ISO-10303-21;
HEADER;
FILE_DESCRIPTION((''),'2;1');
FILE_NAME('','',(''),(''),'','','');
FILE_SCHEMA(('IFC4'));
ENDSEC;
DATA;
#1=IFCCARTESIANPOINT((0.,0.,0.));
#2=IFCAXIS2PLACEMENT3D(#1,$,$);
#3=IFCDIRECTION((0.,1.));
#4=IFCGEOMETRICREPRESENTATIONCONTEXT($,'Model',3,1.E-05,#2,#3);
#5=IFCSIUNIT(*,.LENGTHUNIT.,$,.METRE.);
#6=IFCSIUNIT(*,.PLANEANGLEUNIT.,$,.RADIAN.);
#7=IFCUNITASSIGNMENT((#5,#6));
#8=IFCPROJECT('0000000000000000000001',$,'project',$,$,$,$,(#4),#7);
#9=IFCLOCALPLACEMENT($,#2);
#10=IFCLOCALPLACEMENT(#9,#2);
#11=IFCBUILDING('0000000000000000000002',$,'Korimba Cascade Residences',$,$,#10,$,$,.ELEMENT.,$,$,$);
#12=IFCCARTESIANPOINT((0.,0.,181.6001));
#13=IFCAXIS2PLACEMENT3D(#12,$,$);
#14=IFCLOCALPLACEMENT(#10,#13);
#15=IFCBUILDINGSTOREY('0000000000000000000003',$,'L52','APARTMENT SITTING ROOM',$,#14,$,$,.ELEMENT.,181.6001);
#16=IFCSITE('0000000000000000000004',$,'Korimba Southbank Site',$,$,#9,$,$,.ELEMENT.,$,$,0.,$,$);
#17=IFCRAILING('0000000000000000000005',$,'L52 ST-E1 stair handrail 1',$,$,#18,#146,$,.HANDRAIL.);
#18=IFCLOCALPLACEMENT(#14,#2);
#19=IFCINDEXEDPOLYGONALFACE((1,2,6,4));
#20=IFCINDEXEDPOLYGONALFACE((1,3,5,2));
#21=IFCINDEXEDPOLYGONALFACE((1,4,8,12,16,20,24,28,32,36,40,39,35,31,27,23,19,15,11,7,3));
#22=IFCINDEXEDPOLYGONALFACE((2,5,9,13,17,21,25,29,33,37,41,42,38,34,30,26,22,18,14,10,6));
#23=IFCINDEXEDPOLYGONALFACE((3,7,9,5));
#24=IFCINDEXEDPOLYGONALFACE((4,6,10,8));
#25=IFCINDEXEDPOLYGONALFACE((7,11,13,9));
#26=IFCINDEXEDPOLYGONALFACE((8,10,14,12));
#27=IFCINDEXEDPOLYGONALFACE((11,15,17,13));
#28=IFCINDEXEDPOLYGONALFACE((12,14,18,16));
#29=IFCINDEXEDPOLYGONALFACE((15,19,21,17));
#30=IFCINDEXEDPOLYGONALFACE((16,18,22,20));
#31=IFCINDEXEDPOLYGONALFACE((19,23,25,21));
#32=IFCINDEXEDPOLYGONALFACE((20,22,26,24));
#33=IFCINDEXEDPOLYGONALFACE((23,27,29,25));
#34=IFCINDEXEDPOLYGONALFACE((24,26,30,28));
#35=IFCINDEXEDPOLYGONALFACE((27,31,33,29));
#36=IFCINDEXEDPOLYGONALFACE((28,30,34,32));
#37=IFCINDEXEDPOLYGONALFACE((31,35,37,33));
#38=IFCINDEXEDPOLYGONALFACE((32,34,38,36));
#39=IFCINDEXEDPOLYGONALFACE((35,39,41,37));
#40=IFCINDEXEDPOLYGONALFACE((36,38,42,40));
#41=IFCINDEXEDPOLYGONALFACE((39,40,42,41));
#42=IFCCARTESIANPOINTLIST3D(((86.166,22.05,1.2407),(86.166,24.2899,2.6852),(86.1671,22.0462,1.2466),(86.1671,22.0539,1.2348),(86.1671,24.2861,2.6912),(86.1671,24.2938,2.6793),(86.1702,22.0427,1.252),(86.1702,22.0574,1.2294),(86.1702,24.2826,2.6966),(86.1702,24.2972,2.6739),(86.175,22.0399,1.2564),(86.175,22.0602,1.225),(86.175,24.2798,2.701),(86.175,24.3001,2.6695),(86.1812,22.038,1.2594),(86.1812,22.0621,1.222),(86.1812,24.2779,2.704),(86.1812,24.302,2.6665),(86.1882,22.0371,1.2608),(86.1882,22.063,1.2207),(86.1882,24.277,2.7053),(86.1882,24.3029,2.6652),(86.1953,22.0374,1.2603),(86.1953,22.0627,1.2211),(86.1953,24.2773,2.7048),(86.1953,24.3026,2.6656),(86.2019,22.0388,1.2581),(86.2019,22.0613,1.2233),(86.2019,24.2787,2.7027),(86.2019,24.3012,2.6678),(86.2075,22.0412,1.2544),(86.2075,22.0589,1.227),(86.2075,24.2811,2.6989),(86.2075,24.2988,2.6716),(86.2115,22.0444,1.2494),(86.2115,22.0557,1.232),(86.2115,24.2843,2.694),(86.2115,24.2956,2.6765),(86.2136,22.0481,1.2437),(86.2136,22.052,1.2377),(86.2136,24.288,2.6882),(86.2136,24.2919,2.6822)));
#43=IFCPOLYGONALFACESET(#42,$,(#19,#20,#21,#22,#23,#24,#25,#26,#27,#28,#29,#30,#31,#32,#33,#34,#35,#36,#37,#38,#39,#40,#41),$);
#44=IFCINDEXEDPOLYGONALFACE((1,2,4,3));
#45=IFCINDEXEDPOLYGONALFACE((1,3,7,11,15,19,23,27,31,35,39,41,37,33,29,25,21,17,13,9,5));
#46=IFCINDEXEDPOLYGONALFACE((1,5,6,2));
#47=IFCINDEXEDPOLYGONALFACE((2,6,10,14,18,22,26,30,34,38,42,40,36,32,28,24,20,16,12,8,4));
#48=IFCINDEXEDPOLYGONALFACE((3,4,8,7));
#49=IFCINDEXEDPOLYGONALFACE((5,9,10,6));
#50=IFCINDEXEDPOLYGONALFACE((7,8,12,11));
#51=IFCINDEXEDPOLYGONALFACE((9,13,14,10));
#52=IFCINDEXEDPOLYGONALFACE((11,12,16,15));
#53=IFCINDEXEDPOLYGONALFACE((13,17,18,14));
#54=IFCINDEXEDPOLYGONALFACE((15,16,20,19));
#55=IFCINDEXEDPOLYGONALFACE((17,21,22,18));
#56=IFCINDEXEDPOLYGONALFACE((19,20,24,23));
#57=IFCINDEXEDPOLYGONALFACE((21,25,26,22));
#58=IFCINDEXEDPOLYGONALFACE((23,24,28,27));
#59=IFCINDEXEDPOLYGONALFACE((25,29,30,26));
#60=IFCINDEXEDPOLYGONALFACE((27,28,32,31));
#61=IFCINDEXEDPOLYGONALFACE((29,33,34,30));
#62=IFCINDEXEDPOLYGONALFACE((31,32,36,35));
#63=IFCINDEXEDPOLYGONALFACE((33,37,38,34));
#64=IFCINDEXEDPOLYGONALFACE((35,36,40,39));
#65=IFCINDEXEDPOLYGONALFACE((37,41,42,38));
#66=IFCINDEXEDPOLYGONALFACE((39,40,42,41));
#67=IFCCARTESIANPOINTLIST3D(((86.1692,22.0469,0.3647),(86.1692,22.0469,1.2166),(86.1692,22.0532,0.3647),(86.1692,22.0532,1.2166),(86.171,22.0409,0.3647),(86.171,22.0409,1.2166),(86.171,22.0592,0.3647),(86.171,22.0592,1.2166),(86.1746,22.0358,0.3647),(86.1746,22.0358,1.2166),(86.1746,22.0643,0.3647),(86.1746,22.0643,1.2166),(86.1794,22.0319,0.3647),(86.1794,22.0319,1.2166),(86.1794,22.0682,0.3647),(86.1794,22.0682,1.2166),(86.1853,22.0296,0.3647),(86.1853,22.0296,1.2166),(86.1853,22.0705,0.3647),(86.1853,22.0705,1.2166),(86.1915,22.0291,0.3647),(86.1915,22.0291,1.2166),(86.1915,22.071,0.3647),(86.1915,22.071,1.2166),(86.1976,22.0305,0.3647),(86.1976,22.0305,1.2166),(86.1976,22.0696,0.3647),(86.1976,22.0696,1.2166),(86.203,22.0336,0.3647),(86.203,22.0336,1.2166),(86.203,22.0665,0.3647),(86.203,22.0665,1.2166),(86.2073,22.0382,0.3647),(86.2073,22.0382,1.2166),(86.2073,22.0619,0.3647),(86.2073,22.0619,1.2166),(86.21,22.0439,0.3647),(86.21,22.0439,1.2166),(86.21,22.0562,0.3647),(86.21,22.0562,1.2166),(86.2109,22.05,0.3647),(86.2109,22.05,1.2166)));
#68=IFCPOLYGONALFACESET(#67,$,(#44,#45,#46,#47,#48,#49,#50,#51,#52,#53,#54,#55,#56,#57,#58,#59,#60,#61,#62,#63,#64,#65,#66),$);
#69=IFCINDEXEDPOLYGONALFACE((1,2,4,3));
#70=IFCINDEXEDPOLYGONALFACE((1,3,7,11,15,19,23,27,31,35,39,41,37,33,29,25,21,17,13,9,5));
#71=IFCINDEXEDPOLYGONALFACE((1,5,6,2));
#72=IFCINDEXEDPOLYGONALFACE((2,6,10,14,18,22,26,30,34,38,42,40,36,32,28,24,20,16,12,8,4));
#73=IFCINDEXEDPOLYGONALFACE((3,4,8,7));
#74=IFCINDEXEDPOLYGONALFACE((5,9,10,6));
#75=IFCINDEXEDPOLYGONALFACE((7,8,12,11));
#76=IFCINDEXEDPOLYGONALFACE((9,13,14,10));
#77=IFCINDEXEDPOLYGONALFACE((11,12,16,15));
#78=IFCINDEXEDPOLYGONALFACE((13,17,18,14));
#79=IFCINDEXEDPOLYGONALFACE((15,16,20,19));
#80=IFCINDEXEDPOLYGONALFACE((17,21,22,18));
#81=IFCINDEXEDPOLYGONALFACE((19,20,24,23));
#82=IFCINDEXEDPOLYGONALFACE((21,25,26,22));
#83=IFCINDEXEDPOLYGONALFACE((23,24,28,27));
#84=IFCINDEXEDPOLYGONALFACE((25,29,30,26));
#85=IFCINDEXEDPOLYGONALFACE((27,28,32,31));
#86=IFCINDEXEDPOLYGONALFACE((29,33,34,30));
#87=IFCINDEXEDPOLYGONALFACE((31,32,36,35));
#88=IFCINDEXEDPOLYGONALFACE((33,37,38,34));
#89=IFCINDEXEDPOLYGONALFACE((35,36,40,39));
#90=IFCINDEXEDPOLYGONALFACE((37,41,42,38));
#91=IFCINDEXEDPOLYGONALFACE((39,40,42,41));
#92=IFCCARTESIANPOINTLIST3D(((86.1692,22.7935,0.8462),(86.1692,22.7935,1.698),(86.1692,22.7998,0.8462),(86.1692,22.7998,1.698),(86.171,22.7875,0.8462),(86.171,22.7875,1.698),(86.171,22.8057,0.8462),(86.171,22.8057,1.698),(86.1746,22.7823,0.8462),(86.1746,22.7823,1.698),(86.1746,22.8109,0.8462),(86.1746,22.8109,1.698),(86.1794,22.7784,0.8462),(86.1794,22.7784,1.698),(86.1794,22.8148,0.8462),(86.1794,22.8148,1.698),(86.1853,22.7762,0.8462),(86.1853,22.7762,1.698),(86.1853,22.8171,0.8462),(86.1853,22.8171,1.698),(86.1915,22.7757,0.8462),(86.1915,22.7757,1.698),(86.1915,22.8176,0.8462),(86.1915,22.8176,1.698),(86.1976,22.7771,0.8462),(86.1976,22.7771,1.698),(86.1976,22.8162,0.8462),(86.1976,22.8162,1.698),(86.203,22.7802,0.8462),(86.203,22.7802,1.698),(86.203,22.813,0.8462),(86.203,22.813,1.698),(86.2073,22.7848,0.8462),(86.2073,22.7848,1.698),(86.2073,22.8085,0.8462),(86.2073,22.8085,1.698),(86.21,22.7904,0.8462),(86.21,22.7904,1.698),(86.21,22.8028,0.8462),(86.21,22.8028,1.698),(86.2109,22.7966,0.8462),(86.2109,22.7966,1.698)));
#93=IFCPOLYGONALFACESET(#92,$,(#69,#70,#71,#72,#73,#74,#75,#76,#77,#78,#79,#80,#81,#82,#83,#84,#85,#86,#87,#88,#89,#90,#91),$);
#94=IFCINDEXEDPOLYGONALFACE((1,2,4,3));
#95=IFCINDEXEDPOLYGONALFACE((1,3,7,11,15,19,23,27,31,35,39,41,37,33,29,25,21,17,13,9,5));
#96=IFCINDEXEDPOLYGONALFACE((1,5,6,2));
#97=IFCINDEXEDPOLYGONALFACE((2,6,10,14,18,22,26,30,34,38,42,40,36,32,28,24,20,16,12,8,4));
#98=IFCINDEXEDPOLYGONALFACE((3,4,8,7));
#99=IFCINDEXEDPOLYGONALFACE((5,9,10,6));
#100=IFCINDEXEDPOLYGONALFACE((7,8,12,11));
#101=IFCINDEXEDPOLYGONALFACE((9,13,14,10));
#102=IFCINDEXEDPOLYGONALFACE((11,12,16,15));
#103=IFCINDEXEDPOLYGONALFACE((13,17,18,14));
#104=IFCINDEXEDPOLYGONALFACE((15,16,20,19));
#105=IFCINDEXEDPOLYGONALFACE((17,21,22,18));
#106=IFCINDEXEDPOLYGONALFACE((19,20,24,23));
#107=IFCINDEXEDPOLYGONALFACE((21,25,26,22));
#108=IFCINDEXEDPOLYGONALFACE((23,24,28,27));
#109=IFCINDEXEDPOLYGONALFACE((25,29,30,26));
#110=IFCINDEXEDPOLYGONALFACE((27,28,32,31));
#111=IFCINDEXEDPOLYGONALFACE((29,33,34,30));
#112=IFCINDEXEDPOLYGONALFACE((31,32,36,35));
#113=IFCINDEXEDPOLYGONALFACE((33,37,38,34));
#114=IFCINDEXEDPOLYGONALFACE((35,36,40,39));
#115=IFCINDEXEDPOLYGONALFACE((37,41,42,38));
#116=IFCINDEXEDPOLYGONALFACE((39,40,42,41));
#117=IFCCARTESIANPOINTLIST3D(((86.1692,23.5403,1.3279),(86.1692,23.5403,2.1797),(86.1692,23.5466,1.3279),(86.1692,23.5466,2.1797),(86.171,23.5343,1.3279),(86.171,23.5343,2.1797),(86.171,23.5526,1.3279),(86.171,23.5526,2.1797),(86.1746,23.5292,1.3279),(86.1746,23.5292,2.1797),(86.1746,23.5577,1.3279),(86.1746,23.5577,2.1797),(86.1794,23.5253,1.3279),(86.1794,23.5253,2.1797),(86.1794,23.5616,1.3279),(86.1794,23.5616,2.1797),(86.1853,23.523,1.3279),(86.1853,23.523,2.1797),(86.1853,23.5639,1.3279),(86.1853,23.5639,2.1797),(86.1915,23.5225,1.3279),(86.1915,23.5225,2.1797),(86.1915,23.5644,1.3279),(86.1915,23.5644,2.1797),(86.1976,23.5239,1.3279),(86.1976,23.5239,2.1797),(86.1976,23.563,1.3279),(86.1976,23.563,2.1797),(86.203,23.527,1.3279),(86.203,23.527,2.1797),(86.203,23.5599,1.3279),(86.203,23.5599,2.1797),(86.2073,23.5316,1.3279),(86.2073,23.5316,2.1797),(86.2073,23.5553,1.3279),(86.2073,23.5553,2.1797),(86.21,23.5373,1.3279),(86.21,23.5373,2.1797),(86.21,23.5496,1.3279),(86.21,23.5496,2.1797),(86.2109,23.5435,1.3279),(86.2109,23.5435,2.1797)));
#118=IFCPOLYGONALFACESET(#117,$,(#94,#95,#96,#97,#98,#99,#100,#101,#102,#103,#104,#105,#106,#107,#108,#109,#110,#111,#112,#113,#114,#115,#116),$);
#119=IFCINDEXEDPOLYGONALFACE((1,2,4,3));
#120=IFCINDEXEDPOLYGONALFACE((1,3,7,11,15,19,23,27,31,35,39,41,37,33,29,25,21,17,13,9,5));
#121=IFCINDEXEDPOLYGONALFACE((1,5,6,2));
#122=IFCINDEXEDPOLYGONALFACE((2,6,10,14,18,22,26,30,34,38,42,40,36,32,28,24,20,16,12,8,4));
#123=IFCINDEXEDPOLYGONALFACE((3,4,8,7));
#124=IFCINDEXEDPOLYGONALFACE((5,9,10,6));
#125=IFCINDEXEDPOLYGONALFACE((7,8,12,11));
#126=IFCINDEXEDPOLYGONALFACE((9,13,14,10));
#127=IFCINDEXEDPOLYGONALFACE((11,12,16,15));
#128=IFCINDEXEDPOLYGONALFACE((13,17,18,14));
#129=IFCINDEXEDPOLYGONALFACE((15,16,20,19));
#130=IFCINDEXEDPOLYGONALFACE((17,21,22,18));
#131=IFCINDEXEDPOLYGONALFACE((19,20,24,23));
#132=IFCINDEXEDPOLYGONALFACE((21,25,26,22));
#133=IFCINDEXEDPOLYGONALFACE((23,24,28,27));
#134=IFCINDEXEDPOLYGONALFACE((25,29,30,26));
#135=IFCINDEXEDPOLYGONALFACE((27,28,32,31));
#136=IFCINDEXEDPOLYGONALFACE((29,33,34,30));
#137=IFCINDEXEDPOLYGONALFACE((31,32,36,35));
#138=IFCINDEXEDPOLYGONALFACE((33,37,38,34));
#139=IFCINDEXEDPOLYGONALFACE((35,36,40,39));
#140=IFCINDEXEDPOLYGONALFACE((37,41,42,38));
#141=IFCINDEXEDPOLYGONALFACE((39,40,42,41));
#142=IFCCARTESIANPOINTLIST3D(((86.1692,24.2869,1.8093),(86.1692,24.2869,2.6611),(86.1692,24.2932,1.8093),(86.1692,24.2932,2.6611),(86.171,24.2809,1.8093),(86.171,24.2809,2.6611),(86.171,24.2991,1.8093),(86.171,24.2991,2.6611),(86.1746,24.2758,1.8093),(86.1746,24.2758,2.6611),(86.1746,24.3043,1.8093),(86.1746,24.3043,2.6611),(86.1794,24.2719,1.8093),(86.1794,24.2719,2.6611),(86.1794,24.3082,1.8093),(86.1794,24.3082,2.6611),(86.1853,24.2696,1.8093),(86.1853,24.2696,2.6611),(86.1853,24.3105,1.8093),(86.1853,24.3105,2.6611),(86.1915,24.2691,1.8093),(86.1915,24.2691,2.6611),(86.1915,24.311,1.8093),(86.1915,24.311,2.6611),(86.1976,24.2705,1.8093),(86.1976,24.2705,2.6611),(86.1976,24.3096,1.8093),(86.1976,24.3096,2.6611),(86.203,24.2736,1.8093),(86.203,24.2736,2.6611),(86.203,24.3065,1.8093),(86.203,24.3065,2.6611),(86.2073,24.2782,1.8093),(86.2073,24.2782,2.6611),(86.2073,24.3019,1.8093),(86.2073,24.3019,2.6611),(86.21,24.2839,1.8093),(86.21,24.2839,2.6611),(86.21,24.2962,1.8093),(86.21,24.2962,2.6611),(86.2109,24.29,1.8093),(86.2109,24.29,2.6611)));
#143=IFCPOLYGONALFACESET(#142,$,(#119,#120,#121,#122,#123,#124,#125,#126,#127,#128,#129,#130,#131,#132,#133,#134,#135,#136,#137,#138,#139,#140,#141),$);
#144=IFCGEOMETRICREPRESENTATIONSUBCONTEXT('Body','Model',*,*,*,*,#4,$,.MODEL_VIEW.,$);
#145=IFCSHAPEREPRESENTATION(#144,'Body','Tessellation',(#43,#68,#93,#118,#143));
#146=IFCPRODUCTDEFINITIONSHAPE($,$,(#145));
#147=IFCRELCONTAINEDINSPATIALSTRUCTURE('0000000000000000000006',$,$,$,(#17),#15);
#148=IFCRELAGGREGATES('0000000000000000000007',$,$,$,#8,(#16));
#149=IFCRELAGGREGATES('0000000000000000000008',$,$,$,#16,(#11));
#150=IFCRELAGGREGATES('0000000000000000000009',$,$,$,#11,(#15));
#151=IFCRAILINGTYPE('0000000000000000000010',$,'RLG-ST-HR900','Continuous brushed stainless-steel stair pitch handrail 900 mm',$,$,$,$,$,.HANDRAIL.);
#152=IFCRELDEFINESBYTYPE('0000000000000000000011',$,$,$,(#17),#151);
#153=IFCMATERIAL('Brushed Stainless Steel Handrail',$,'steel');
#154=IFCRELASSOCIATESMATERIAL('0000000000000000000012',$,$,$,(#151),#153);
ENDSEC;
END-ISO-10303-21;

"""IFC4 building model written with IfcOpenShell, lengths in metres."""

from ifc_helpers import new_model, si_unit, direction, frame, origin, origin_2d, place, context, subcontext, project, spatial, circle, extrude, material, type_object, element, save


model = new_model("IFC4")

# Units and contexts
model_context = context("Model", 3, precision=1e-05, world=origin(), true_north=direction((0.0, 1.0)))
body_context = subcontext(model_context, "Body", "Model", "MODEL_VIEW")
ifc_project = project(units=[si_unit("LENGTHUNIT", "METRE"), si_unit("PLANEANGLEUNIT", "RADIAN")], contexts=[model_context])

# Site, building, storey
site_placement = place(None, origin())
site = spatial("IfcSite", under=ifc_project, at=site_placement, Name="Korimba Southbank Site", CompositionType="ELEMENT", RefElevation=0.0)
building_placement = place(site_placement, origin())
building = spatial("IfcBuilding", under=site, at=building_placement, Name="Korimba Cascade Residences", CompositionType="ELEMENT")
storey_placement = place(building_placement, frame((0.0, 0.0, 181.6001)))
storey = spatial("IfcBuildingStorey", under=building, at=storey_placement, Name="L52", Description="APARTMENT SITTING ROOM", CompositionType="ELEMENT", Elevation=181.6001)

# Railing
ifc_material_1 = material(Name="Brushed Stainless Steel Handrail", Category="steel")
railing_type = type_object("IfcRailingType", Name="RLG-ST-HR900", Description="Continuous brushed stainless-steel stair pitch handrail 900 mm", PredefinedType="HANDRAIL", material=ifc_material_1)
railing_placement = place(storey_placement, frame((86.1899, 22.05, 0.3647)))
element("IfcRailing", 1, at=railing_placement, inside=storey, type_object=railing_type, Name="L52 ST-E1 stair handrail 1", PredefinedType="HANDRAIL", context=body_context, shape_type="SweptSolid", body=[
    extrude(circle(Radius=0.0239, at=origin_2d()), frame((0.0, 0.0, 0.876), z_axis=(0.0, 0.840395, 0.541975), x_axis=(-1.0, 0.0, 0.0)), (0.0, 0.0, 1.0), 2.6653),
    extrude(circle(Radius=0.021, at=origin_2d()), origin(), (0.0, 0.0, 1.0), 0.8518),
    extrude(circle(Radius=0.021, at=origin_2d()), frame((0.0, 0.7466, 0.4814)), (0.0, 0.0, 1.0), 0.8518),
    extrude(circle(Radius=0.021, at=origin_2d()), frame((0.0, 1.4934, 0.9631)), (0.0, 0.0, 1.0), 0.8518),
    extrude(circle(Radius=0.021, at=origin_2d()), frame((0.0, 2.24, 1.4446)), (0.0, 0.0, 1.0), 0.8518),
])

save(model, "model.ifc")
